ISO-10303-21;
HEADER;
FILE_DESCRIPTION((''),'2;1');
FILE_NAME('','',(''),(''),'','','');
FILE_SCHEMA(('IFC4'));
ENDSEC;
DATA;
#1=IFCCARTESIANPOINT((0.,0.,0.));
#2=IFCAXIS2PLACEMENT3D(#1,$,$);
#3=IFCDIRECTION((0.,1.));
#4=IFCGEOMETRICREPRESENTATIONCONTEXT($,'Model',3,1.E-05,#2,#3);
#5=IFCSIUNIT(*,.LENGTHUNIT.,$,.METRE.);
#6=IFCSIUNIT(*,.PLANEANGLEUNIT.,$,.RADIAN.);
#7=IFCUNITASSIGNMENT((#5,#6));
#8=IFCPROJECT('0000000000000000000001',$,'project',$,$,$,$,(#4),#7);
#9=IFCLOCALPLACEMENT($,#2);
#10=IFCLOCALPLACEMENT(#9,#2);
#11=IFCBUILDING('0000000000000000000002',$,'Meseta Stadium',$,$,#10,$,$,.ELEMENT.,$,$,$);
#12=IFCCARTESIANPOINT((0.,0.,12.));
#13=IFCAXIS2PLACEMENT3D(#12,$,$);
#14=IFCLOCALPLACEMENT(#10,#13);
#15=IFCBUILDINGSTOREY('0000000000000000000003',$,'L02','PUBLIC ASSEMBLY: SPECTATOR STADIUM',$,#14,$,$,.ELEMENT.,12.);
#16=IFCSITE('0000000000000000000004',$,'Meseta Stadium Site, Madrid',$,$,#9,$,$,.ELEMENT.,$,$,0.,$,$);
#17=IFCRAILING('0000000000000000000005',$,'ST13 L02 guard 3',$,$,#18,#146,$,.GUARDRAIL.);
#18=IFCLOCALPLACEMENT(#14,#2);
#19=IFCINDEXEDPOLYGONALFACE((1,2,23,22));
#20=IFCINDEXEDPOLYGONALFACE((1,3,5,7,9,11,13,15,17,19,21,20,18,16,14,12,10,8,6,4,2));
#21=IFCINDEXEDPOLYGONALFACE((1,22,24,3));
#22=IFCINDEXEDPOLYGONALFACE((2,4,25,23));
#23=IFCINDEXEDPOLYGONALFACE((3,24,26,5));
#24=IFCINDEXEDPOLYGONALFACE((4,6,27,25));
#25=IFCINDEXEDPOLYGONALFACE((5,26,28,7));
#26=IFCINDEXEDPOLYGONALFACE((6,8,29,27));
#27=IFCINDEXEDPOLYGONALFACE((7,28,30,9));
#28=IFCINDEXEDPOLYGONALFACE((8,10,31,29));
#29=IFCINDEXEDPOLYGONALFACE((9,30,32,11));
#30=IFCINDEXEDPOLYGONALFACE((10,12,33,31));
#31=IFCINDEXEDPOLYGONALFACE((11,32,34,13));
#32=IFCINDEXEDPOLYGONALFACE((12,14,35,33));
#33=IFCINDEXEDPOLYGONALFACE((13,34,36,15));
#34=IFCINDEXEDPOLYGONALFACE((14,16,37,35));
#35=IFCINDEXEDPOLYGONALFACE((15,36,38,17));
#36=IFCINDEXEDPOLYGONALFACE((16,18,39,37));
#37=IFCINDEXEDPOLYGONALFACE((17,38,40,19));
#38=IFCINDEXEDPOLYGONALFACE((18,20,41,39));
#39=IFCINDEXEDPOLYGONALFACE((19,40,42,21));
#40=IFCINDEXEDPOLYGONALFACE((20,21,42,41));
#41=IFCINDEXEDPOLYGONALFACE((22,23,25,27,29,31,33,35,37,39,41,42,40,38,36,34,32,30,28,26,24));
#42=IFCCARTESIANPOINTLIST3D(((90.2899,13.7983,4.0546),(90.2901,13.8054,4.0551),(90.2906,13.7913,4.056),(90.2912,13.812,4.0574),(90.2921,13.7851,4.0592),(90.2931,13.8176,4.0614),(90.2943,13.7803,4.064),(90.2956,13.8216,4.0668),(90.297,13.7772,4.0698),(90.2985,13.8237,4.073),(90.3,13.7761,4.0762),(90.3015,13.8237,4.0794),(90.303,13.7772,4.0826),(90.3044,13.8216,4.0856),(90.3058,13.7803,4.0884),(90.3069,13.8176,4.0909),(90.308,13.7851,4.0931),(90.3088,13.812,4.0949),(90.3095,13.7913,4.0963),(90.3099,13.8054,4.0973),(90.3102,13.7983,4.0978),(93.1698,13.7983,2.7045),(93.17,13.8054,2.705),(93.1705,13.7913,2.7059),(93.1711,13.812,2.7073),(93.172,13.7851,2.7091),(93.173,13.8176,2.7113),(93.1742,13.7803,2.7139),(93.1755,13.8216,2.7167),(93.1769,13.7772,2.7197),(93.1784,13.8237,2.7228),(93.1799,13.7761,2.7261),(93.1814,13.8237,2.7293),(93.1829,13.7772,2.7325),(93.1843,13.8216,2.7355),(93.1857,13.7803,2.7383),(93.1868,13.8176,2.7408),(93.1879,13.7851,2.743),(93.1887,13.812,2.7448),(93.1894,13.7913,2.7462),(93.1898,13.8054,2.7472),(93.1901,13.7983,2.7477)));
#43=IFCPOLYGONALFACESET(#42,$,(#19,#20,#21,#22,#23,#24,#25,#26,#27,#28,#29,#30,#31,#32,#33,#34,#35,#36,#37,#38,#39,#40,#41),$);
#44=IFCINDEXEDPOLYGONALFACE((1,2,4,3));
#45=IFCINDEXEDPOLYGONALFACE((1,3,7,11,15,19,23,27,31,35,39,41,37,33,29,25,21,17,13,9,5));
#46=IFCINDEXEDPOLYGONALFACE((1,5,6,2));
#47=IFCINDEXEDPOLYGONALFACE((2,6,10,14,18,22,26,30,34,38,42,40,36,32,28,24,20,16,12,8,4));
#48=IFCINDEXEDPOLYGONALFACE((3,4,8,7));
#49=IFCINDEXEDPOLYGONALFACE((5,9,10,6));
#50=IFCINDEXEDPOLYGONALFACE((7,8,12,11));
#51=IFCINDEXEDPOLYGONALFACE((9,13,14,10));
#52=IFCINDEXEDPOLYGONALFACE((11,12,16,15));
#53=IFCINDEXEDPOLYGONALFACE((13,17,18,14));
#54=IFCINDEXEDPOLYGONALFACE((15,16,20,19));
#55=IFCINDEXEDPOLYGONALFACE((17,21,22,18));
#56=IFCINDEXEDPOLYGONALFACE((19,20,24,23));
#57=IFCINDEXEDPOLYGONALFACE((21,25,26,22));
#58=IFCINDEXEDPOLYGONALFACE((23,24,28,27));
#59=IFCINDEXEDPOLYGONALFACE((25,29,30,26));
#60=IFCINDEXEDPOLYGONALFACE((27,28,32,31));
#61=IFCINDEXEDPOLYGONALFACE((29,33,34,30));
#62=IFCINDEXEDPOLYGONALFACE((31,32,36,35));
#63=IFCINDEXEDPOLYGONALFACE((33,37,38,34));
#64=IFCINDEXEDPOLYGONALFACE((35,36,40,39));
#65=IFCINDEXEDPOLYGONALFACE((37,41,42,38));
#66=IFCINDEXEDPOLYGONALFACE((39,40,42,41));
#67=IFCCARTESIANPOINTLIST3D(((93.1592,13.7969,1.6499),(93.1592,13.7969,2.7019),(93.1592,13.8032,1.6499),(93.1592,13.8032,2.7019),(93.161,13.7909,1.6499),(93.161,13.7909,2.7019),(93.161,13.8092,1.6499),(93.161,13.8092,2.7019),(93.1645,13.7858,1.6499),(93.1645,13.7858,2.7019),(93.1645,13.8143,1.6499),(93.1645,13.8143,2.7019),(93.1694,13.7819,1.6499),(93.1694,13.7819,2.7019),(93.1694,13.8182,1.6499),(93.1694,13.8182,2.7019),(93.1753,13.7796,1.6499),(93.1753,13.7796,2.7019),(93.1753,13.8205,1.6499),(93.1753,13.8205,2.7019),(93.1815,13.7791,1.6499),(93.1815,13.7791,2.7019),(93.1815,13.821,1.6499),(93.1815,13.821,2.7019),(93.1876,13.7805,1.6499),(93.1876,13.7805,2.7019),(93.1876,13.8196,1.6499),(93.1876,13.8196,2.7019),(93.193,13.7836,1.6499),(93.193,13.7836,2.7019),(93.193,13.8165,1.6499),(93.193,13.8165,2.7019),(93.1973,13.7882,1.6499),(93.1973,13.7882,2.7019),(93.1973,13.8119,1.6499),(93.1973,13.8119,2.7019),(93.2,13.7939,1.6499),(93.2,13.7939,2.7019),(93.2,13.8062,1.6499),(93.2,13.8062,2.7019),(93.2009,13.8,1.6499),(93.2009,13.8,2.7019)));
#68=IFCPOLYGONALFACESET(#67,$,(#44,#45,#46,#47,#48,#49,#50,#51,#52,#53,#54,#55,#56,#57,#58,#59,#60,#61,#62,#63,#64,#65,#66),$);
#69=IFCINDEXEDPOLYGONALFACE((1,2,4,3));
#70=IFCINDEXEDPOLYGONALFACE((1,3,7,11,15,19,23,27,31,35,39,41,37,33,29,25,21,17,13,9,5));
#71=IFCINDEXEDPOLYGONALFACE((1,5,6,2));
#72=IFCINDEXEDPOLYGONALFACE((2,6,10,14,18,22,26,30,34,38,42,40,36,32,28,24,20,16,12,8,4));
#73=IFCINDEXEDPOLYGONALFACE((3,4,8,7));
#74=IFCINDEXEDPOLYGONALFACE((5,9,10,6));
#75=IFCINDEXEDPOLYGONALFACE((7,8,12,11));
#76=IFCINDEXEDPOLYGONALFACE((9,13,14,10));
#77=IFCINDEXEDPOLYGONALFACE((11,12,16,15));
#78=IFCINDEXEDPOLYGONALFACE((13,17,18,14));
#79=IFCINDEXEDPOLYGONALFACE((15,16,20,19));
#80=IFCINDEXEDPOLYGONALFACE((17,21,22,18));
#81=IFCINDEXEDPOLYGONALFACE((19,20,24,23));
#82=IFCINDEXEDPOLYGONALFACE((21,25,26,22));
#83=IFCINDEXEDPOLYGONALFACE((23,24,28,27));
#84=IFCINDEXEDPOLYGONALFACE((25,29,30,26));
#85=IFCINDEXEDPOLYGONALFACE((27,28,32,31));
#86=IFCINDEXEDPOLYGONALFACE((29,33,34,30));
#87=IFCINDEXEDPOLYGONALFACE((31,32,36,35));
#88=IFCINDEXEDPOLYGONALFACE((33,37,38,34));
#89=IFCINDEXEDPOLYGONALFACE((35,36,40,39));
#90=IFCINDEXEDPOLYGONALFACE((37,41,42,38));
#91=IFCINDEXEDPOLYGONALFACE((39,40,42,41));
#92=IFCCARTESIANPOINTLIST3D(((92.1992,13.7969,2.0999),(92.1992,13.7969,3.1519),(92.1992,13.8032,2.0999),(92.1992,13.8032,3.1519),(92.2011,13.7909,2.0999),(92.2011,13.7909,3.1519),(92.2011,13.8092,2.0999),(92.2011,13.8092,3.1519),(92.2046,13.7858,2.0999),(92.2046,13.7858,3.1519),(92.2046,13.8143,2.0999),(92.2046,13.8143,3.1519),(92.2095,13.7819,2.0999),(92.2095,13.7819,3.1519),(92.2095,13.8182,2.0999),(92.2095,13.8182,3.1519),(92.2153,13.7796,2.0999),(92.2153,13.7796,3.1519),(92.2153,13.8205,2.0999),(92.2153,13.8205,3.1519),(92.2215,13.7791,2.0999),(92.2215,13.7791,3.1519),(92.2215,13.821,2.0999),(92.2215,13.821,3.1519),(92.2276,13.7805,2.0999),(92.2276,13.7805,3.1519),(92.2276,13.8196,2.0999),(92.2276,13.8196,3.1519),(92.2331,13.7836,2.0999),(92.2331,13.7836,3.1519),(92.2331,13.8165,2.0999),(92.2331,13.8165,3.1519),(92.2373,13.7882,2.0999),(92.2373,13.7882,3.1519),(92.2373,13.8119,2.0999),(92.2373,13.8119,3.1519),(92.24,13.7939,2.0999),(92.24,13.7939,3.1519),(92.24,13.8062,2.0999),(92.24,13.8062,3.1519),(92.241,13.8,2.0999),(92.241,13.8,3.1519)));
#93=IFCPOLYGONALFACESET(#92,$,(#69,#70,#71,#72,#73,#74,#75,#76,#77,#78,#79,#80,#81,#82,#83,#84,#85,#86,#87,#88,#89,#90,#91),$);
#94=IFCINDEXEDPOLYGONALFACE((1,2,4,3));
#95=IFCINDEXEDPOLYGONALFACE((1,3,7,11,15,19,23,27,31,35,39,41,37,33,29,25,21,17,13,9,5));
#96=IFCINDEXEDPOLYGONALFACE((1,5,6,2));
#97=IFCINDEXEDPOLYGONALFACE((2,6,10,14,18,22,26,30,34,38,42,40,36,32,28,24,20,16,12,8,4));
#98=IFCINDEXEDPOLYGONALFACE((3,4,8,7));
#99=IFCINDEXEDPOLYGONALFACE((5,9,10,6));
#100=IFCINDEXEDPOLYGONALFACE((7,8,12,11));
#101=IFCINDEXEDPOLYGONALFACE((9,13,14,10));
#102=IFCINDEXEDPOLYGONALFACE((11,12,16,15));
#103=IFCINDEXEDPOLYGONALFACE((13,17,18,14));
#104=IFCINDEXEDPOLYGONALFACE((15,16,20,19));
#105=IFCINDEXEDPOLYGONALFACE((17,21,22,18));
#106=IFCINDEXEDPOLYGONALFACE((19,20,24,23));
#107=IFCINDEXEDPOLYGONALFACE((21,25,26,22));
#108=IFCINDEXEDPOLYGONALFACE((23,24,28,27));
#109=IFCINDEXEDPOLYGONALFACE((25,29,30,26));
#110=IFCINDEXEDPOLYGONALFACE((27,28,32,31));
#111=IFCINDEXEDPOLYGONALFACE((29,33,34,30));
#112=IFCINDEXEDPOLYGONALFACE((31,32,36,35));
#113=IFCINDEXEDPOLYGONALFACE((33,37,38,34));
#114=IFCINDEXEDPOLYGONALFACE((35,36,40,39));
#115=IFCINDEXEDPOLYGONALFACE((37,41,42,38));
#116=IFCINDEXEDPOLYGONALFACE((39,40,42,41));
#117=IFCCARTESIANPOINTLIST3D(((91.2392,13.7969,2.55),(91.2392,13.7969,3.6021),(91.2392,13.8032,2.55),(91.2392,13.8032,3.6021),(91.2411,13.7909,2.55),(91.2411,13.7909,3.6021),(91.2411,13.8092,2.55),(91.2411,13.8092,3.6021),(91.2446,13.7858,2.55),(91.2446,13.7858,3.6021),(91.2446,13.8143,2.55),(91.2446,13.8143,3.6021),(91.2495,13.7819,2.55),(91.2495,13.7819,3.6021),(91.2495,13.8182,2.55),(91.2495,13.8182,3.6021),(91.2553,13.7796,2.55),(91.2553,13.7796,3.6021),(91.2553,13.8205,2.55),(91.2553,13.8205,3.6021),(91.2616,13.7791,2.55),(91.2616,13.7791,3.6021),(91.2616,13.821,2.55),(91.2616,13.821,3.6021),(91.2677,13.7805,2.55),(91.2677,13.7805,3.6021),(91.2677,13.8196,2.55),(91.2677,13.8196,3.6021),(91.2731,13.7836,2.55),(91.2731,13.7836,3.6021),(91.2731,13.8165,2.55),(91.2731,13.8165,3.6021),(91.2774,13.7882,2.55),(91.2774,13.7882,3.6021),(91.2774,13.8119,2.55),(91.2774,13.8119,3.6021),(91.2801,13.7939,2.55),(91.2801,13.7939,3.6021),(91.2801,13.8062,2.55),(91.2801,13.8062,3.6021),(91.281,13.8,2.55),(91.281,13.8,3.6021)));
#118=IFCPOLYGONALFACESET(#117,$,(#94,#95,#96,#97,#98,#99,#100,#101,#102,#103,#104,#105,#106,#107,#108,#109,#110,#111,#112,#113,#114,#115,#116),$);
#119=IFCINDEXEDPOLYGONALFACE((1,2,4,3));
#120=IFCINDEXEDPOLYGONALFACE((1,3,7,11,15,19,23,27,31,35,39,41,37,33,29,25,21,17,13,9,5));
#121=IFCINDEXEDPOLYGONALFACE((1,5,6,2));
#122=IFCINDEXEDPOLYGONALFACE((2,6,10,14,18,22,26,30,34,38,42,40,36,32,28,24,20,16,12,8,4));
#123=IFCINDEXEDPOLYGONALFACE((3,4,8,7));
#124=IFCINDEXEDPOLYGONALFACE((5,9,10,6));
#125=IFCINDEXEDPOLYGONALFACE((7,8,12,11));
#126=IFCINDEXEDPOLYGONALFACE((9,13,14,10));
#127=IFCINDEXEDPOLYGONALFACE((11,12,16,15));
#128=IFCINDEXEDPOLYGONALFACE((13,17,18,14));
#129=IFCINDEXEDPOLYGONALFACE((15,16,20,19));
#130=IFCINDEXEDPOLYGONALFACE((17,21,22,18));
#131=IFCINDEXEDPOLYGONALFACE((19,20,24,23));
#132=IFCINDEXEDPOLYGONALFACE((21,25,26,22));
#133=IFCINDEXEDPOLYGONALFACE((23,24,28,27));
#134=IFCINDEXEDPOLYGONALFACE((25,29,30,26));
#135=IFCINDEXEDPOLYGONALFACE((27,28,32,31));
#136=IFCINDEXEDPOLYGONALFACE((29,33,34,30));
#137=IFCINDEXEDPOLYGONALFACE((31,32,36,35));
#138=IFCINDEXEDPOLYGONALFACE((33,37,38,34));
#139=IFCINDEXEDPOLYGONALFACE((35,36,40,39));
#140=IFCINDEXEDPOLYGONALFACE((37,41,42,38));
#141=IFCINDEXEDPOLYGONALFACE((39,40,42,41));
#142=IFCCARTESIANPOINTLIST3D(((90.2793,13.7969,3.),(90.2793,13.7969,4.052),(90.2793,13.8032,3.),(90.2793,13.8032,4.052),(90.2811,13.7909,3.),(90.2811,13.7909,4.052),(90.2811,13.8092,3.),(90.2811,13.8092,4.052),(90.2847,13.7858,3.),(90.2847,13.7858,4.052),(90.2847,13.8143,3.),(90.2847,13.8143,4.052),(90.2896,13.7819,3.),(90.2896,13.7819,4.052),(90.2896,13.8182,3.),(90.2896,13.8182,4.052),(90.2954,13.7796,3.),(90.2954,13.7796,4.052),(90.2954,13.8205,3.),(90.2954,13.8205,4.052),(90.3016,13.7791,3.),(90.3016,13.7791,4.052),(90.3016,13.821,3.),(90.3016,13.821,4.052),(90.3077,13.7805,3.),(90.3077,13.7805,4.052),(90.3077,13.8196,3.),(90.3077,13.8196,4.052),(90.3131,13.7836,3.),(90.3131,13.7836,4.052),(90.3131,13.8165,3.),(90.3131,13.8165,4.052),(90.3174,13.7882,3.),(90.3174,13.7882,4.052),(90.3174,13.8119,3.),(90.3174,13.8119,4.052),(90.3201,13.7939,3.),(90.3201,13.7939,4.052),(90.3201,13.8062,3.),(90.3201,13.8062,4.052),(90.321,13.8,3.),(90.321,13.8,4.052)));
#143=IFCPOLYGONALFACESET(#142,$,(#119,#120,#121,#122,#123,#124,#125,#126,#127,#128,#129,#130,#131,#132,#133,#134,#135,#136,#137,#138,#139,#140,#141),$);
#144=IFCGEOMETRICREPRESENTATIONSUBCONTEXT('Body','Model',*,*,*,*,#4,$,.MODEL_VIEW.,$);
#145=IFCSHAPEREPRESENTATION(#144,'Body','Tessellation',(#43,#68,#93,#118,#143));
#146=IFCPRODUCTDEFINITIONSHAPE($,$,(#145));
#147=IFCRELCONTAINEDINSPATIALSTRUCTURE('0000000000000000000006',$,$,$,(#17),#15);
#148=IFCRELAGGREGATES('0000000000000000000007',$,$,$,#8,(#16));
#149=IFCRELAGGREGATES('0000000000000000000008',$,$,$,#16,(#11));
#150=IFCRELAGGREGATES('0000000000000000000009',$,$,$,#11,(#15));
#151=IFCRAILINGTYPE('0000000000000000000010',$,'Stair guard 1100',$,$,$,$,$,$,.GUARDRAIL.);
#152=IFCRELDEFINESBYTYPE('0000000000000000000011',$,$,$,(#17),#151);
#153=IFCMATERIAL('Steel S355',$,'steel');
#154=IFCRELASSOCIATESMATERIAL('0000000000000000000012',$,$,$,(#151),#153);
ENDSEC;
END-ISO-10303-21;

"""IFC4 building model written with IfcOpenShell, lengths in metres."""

from ifc_helpers import new_model, si_unit, direction, frame, origin, origin_2d, place, context, subcontext, project, spatial, circle, extrude, material, type_object, element, save


model = new_model("IFC4")

# Units and contexts
model_context = context("Model", 3, precision=1e-05, world=origin(), true_north=direction((0.0, 1.0)))
body_context = subcontext(model_context, "Body", "Model", "MODEL_VIEW")
ifc_project = project(units=[si_unit("LENGTHUNIT", "METRE"), si_unit("PLANEANGLEUNIT", "RADIAN")], contexts=[model_context])

# Site, building, storey
site_placement = place(None, origin())
site = spatial("IfcSite", under=ifc_project, at=site_placement, Name="Meseta Stadium Site, Madrid", CompositionType="ELEMENT", RefElevation=0.0)
building_placement = place(site_placement, origin())
building = spatial("IfcBuilding", under=site, at=building_placement, Name="Meseta Stadium", CompositionType="ELEMENT")
storey_placement = place(building_placement, frame((0.0, 0.0, 12.0)))
storey = spatial("IfcBuildingStorey", under=building, at=storey_placement, Name="L02", Description="PUBLIC ASSEMBLY: SPECTATOR STADIUM", CompositionType="ELEMENT", Elevation=12.0)

# Railing
ifc_material_1 = material(Name="Steel S355", Category="steel")
railing_type_1 = type_object("IfcRailingType", Name="Stair guard 1100", PredefinedType="GUARDRAIL", material=ifc_material_1)
railing_1_placement = place(storey_placement, frame((93.1799, 13.8, 1.6499)))
element("IfcRailing", 1, at=railing_1_placement, inside=storey, type_object=railing_type_1, Name="ST13 L02 guard 3", PredefinedType="GUARDRAIL", context=body_context, shape_type="SweptSolid", body=[
    extrude(circle(Radius=0.0239, at=origin_2d()), frame((0.0, 0.0, 1.0762), z_axis=(-0.90544, 0.0, 0.424473), x_axis=(0.0, -1.0, 0.0)), (0.0, 0.0, 1.0), 3.1807),
    extrude(circle(Radius=0.021, at=origin_2d()), origin(), (0.0, 0.0, 1.0), 1.052),
    extrude(circle(Radius=0.021, at=origin_2d()), frame((-0.96, 0.0, 0.45)), (0.0, 0.0, 1.0), 1.052),
    extrude(circle(Radius=0.021, at=origin_2d()), frame((-1.9199, 0.0, 0.9001)), (0.0, 0.0, 1.0), 1.052),
    extrude(circle(Radius=0.021, at=origin_2d()), frame((-2.8799, 0.0, 1.3501)), (0.0, 0.0, 1.0), 1.052),
])

save(model, "model.ifc")
